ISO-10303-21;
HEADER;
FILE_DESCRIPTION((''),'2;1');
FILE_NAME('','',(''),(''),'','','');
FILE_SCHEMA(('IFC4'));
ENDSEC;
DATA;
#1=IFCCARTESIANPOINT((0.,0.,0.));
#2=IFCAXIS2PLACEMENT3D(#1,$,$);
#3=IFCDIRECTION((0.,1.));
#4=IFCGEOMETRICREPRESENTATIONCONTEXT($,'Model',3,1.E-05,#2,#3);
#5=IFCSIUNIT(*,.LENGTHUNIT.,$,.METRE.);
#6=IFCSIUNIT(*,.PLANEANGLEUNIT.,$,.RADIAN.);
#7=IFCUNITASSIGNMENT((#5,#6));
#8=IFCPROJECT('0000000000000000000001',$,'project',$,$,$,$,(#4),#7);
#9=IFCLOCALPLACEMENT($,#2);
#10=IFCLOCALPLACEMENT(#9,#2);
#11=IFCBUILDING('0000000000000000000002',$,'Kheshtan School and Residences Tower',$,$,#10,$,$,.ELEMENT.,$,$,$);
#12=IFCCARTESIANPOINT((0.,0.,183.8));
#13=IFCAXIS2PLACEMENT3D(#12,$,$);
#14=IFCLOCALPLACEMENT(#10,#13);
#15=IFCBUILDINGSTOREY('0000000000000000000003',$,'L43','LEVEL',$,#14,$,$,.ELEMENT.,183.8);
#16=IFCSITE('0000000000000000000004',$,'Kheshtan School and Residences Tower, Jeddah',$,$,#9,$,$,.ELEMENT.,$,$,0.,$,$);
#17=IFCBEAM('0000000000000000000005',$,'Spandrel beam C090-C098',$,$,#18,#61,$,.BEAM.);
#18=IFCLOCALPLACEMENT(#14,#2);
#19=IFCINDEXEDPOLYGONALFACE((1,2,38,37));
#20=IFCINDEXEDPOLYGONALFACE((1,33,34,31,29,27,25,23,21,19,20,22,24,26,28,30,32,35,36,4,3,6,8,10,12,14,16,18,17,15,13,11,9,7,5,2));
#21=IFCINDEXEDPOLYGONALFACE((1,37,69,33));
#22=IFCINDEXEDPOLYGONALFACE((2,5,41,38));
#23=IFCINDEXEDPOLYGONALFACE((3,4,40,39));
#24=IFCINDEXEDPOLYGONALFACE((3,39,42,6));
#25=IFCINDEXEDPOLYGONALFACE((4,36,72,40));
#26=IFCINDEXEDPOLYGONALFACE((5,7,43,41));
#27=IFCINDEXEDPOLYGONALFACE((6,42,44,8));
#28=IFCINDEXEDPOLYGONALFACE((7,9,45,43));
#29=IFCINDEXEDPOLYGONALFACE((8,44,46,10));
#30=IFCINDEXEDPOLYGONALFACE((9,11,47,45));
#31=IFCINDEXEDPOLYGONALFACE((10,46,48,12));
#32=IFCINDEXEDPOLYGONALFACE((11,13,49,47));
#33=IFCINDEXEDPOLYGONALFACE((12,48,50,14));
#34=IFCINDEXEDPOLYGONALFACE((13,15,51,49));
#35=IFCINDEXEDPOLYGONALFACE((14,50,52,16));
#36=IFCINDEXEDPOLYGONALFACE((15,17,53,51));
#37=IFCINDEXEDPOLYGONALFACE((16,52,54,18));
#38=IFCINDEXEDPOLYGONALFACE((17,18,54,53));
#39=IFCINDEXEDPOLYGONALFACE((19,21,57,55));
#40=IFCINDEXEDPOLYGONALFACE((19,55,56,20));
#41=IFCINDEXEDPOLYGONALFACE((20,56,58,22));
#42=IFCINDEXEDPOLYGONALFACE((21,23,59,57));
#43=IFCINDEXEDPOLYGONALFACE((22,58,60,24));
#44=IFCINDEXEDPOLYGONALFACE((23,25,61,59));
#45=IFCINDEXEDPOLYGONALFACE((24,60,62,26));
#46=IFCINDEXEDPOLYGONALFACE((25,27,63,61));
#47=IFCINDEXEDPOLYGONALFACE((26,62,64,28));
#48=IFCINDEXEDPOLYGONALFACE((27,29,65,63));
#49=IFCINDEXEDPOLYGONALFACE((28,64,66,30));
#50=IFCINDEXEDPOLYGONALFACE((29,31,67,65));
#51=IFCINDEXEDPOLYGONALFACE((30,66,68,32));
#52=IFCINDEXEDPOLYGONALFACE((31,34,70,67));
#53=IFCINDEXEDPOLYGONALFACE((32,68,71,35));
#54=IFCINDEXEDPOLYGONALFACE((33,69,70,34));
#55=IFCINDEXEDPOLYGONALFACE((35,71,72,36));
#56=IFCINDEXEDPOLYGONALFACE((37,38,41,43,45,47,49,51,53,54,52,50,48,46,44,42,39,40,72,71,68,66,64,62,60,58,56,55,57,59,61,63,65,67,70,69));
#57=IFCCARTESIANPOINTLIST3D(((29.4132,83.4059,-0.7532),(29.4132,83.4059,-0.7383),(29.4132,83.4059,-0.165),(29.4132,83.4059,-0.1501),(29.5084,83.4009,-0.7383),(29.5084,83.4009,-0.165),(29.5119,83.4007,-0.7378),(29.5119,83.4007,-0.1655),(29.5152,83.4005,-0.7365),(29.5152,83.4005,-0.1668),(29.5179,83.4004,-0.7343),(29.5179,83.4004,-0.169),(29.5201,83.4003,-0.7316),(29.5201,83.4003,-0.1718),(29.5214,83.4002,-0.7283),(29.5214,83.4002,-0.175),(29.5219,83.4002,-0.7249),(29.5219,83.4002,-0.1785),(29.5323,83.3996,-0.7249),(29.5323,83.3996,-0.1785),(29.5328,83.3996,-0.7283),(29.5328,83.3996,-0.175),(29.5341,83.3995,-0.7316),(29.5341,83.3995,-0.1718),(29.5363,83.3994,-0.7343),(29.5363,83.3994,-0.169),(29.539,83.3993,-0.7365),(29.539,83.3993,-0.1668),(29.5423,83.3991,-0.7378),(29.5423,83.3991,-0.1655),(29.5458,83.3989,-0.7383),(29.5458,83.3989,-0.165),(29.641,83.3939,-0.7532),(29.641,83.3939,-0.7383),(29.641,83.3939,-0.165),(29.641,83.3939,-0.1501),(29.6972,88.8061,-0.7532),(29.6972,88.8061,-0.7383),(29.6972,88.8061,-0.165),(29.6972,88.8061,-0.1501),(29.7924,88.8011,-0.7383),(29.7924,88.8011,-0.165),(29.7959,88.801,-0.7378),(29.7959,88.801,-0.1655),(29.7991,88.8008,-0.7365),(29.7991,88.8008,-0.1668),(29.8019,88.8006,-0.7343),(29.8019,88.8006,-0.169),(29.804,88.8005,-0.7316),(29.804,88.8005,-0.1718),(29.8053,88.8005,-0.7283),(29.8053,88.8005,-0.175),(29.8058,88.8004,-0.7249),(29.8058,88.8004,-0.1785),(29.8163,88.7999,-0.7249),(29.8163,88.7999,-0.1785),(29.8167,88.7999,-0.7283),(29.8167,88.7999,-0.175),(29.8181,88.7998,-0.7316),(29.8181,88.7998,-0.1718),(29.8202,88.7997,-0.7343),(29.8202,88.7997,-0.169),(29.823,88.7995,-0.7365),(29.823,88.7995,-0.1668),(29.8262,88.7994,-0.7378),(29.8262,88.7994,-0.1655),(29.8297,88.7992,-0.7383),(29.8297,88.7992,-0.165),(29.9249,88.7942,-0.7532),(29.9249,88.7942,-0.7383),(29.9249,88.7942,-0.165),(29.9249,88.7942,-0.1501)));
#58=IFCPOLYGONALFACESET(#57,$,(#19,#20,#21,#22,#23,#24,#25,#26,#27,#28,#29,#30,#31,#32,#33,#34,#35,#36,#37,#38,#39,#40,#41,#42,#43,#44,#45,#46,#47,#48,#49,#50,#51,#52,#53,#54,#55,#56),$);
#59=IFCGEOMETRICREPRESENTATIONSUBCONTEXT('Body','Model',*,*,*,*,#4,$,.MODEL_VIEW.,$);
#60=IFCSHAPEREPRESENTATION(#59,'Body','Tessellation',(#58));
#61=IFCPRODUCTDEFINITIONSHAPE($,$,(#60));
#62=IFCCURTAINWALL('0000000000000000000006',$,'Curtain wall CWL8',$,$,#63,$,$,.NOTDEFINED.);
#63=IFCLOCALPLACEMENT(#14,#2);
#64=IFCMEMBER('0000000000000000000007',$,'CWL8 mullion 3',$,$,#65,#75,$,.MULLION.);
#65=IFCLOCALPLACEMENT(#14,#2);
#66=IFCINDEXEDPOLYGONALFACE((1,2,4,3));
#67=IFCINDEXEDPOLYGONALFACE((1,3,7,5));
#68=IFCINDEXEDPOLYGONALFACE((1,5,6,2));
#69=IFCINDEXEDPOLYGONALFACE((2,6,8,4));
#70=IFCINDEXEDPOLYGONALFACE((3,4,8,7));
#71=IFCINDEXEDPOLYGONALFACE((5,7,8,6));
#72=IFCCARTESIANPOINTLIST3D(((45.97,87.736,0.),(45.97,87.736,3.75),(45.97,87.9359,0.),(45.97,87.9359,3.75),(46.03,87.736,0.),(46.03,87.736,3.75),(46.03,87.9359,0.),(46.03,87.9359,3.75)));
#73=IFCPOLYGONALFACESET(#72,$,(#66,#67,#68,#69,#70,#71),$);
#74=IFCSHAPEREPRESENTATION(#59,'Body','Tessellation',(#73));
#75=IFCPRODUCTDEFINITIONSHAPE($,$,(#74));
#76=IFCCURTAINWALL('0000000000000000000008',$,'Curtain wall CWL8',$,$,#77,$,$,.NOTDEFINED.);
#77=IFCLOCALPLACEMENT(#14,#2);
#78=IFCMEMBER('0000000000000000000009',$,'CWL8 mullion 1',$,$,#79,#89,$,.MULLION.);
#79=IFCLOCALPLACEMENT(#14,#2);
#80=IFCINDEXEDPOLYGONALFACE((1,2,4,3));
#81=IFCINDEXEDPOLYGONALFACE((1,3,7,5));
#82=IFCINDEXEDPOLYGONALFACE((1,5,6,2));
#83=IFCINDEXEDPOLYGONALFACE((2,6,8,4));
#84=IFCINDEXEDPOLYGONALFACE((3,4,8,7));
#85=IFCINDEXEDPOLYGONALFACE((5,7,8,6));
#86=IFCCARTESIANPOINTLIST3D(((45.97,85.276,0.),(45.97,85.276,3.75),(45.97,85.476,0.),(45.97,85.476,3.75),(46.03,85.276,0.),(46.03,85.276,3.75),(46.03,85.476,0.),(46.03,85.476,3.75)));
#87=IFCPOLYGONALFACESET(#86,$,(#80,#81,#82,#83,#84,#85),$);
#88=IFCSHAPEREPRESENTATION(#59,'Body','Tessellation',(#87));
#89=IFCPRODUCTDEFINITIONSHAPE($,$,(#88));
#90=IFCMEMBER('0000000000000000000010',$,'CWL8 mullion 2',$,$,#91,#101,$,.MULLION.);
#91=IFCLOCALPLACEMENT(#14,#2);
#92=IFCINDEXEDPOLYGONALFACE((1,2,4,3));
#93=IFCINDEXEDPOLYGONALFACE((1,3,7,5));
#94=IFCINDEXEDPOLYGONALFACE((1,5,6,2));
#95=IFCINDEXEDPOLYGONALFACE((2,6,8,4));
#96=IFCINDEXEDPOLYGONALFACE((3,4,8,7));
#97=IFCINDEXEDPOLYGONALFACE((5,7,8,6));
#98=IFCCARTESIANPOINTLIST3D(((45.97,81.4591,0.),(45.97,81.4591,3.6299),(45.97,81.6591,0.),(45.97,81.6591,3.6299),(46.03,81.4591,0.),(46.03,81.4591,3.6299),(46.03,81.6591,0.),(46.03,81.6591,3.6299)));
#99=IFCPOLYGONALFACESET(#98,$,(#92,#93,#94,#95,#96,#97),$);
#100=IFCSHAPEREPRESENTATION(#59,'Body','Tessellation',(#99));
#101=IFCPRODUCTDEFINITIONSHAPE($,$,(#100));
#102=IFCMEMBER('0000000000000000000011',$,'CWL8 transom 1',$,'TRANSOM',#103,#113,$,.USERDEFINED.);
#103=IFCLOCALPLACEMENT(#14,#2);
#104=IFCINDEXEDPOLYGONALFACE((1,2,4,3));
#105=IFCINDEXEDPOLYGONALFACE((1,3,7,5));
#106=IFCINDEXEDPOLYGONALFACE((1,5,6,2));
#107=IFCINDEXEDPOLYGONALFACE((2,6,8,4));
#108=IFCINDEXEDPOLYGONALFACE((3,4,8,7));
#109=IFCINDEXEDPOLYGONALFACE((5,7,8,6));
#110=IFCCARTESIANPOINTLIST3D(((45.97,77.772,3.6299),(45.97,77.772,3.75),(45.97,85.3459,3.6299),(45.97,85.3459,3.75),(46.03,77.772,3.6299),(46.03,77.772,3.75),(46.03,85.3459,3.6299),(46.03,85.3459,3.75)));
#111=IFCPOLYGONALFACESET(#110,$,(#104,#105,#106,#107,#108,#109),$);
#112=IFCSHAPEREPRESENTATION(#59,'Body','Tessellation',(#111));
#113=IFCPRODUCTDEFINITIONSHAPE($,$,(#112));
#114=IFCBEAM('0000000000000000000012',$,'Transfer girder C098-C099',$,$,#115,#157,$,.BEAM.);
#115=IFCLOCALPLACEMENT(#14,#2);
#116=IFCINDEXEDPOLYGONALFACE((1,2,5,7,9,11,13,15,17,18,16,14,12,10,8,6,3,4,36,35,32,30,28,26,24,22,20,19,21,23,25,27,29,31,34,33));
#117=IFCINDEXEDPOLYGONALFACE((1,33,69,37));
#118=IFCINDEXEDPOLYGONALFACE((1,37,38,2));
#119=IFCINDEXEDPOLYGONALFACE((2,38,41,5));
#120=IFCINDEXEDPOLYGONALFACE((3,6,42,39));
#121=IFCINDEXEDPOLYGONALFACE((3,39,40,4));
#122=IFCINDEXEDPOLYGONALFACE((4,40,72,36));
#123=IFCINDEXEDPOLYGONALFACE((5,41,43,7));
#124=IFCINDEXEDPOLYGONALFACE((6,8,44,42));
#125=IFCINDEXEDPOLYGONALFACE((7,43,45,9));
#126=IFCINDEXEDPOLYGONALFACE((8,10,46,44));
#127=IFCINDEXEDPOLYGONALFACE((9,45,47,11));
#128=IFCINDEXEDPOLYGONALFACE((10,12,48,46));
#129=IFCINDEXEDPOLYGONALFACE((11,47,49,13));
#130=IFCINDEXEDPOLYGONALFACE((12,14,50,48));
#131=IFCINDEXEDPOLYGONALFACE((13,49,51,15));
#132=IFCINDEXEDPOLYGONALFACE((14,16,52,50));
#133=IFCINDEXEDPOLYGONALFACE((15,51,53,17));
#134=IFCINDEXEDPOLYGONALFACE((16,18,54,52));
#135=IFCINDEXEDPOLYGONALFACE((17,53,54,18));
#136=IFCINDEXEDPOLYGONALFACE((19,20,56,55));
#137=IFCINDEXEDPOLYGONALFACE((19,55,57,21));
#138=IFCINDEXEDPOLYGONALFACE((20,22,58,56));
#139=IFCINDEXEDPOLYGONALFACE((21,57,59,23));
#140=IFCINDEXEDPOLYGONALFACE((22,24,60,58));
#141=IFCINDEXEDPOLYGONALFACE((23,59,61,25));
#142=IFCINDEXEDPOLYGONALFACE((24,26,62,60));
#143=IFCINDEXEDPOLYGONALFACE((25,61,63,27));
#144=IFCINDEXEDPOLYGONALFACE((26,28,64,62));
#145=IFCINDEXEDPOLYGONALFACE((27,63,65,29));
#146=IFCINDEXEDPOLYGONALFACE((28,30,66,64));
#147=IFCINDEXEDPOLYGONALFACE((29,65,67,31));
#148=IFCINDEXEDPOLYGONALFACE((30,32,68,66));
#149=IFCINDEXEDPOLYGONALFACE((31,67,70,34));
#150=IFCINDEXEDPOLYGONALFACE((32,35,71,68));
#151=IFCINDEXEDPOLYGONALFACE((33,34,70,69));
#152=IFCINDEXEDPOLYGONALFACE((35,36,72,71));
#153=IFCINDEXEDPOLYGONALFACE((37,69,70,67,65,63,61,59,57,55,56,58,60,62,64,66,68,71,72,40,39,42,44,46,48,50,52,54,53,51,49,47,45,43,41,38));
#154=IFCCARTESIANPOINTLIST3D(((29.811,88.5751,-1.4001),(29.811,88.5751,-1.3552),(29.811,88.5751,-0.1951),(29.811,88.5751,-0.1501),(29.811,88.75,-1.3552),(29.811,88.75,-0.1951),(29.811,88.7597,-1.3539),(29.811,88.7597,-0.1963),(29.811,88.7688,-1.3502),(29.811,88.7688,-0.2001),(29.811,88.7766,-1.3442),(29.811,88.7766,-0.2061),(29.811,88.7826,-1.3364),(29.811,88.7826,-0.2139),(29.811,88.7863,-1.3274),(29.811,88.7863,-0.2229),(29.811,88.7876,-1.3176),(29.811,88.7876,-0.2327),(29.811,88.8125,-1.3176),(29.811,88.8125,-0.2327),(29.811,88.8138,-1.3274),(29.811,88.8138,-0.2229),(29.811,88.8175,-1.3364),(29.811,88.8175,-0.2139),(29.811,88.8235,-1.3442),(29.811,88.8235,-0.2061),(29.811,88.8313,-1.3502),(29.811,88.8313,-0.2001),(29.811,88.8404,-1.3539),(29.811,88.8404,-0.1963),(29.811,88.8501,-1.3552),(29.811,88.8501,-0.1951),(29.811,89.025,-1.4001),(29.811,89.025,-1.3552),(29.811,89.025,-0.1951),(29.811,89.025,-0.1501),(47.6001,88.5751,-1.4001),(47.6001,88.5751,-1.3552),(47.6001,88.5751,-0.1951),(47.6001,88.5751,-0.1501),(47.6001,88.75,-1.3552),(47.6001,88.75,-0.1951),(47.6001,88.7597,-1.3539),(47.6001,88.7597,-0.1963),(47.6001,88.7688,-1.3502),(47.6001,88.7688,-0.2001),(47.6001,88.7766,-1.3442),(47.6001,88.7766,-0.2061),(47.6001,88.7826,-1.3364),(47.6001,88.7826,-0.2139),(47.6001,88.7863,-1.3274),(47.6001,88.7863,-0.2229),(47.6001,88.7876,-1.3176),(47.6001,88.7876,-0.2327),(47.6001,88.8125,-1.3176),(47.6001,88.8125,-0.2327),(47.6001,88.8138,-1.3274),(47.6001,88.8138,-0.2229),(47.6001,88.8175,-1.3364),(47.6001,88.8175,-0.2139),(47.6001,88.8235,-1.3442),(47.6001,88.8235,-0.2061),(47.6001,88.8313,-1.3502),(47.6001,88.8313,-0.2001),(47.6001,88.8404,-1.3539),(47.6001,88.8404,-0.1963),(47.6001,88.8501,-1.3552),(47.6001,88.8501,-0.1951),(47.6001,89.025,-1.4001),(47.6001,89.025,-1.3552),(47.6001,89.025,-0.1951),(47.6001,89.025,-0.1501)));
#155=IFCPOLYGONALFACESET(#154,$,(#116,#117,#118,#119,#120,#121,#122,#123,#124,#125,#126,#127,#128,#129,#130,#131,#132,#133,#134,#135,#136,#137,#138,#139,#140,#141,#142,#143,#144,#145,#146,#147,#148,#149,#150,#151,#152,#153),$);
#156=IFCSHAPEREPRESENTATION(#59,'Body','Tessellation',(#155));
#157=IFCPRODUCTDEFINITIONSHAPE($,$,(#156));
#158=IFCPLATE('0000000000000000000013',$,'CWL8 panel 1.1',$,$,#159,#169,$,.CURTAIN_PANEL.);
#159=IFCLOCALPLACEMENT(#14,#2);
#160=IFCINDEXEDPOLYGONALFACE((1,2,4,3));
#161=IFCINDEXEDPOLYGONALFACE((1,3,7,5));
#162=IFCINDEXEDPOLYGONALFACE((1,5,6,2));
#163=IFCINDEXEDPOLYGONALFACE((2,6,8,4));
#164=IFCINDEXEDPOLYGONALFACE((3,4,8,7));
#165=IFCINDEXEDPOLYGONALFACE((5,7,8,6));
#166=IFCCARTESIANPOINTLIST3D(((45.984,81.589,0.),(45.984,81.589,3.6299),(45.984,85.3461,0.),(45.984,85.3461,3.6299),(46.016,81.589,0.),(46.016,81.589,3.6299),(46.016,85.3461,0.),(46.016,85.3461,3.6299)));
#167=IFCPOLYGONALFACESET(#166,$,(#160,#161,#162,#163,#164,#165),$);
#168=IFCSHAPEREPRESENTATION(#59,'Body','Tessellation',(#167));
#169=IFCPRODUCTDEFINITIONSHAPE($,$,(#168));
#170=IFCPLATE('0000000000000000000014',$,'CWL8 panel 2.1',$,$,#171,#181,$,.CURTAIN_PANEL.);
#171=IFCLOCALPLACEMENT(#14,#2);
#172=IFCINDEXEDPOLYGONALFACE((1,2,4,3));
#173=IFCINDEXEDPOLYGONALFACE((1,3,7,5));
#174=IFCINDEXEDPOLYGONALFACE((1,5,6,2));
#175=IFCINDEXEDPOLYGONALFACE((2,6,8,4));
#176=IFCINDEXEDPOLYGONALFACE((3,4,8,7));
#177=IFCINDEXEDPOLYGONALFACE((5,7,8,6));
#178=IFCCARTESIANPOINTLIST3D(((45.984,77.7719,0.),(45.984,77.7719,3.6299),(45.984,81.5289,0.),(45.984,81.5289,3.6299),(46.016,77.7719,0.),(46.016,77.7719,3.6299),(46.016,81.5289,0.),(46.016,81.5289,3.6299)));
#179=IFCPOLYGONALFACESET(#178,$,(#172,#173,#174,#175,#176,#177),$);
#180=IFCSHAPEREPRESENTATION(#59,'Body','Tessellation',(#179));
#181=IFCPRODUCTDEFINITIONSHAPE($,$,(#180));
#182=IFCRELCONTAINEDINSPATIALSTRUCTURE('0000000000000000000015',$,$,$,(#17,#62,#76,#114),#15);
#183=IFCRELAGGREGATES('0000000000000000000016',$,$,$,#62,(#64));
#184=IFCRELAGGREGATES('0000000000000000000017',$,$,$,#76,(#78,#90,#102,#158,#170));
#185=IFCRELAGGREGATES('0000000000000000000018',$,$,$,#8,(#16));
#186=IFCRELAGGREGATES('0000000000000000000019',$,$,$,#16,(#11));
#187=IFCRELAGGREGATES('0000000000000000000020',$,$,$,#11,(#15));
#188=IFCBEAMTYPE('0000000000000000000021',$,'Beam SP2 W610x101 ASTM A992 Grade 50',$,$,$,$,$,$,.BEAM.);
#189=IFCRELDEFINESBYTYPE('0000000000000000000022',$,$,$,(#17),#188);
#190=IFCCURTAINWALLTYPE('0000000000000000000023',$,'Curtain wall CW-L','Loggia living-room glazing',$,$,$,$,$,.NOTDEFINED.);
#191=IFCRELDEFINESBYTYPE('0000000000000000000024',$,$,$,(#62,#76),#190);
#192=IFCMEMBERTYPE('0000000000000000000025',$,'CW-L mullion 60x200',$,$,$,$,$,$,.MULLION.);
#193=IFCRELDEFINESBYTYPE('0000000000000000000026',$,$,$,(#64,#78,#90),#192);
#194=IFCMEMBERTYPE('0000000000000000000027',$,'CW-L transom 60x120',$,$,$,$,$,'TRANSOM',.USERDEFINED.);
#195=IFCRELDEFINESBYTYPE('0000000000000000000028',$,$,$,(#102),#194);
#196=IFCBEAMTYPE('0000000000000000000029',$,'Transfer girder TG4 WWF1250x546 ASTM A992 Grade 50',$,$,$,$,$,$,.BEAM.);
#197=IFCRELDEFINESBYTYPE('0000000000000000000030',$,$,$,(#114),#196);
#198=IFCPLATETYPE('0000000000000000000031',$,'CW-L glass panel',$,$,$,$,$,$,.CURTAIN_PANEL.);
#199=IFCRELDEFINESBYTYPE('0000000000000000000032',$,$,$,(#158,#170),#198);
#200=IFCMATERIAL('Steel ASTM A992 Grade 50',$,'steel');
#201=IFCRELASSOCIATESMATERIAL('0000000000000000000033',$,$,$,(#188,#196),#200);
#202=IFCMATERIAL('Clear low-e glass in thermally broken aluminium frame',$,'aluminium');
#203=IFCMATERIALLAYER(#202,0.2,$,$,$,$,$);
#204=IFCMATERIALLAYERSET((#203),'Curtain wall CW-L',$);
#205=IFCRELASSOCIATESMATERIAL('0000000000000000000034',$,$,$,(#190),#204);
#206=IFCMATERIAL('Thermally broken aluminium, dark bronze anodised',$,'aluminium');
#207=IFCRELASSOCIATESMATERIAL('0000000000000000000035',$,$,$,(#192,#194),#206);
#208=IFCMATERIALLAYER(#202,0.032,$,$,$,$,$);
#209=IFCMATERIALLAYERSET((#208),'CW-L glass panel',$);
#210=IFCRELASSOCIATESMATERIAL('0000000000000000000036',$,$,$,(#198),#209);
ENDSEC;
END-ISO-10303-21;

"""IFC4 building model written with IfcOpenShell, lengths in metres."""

from ifc_helpers import new_model, si_unit, direction, frame, origin, origin_2d, place, context, subcontext, project, spatial, rectangle, i_section, extrude, material, layer, layer_set, material_profile, profile_set, type_object, element, aggregate, save


model = new_model("IFC4")

# Units and contexts
model_context = context("Model", 3, precision=1e-05, world=origin(), true_north=direction((0.0, 1.0)))
body_context = subcontext(model_context, "Body", "Model", "MODEL_VIEW")
ifc_project = project(units=[si_unit("LENGTHUNIT", "METRE"), si_unit("PLANEANGLEUNIT", "RADIAN")], contexts=[model_context])

# Site, building, storey
site_placement = place(None, origin())
site = spatial("IfcSite", under=ifc_project, at=site_placement, Name="Kheshtan School and Residences Tower, Jeddah", CompositionType="ELEMENT", RefElevation=0.0)
building_placement = place(site_placement, origin())
building = spatial("IfcBuilding", under=site, at=building_placement, Name="Kheshtan School and Residences Tower", CompositionType="ELEMENT")
storey_placement = place(building_placement, frame((0.0, 0.0, 183.8)))
storey = spatial("IfcBuildingStorey", under=building, at=storey_placement, Name="L43", Description="LEVEL", CompositionType="ELEMENT", Elevation=183.8)

# Shared definitions
ifc_material_1 = material(Name="Steel ASTM A992 Grade 50", Category="steel")

# Beam
ifc_material_profile_1 = material_profile(ifc_material_1, i_section(OverallWidth=0.228, OverallDepth=0.603, WebThickness=0.0105, FlangeThickness=0.0149, FilletRadius=0.0134, at=origin_2d()), Name="W610x101")
ifc_profile_set_1 = profile_set([ifc_material_profile_1], Name="Steel ASTM A992 Grade 50")
beam_type_1 = type_object("IfcBeamType", Name="Beam SP2 W610x101 ASTM A992 Grade 50", PredefinedType="BEAM", material=ifc_profile_set_1)
beam_1_placement = place(storey_placement, frame((29.5271, 83.3999, -0.4517), z_axis=(0.052507, 0.998621, 0.0), x_axis=(-0.998621, 0.052507, 0.0)))
element("IfcBeam", 1, at=beam_1_placement, inside=storey, type_object=beam_type_1, Name="Spandrel beam C090-C098", PredefinedType="BEAM", context=body_context, shape_type="SweptSolid", body=[
    extrude(i_section(OverallWidth=0.228, OverallDepth=0.603, WebThickness=0.0105, FlangeThickness=0.0149, FilletRadius=0.0134, at=origin_2d()), origin(), (0.0, 0.0, 1.0), 5.4077),
])

# Curtain wall, member
ifc_material_2 = material(Name="Clear low-e glass in thermally broken aluminium frame", Category="aluminium")
ifc_layer_1 = layer(ifc_material_2, 0.2)
ifc_layer_set_1 = layer_set([ifc_layer_1], Name="Curtain wall CW-L")
curtain_wall_type = type_object("IfcCurtainWallType", Name="Curtain wall CW-L", Description="Loggia living-room glazing", PredefinedType="NOTDEFINED", material=ifc_layer_set_1)
curtain_wall_1_placement = place(storey_placement, origin())
curtain_wall_1 = element("IfcCurtainWall", 2, at=curtain_wall_1_placement, inside=storey, type_object=curtain_wall_type, Name="Curtain wall CWL8", PredefinedType="NOTDEFINED")
ifc_material_3 = material(Name="Thermally broken aluminium, dark bronze anodised", Category="aluminium")
ifc_material_profile_2 = material_profile(ifc_material_3, rectangle(XDim=0.0601, YDim=0.2, at=origin_2d()), Name="CW-L mullion 60x200")
ifc_profile_set_2 = profile_set([ifc_material_profile_2], Name="Thermally broken aluminium, dark bronze anodised")
member_type_1 = type_object("IfcMemberType", Name="CW-L mullion 60x200", PredefinedType="MULLION", material=ifc_profile_set_2)
member_1_placement = place(storey_placement, frame((46.0, 87.8359, 0.0), z_axis=(0.0, 0.0, 1.0), x_axis=(1.0, 0.0, 0.0)))
member_1 = element("IfcMember", 3, at=member_1_placement, type_object=member_type_1, Name="CWL8 mullion 3", PredefinedType="MULLION", context=body_context, shape_type="SweptSolid", body=[
    extrude(rectangle(XDim=0.0601, YDim=0.2, at=origin_2d()), origin(), (0.0, 0.0, 1.0), 3.75),
])
aggregate(curtain_wall_1, [member_1])

# Curtain wall, members
curtain_wall_2_placement = place(storey_placement, origin())
curtain_wall_2 = element("IfcCurtainWall", 4, at=curtain_wall_2_placement, inside=storey, type_object=curtain_wall_type, Name="Curtain wall CWL8", PredefinedType="NOTDEFINED")
member_2_placement = place(storey_placement, frame((46.0, 85.376, 0.0), z_axis=(0.0, 0.0, 1.0), x_axis=(1.0, 0.0, 0.0)))
member_2 = element("IfcMember", 5, at=member_2_placement, type_object=member_type_1, Name="CWL8 mullion 1", PredefinedType="MULLION", context=body_context, shape_type="SweptSolid", body=[
    extrude(rectangle(XDim=0.0601, YDim=0.2, at=origin_2d()), origin(), (0.0, 0.0, 1.0), 3.75),
])
member_3_placement = place(storey_placement, frame((46.0, 81.5591, 0.0), z_axis=(0.0, 0.0, 1.0), x_axis=(1.0, 0.0, 0.0)))
member_3 = element("IfcMember", 6, at=member_3_placement, type_object=member_type_1, Name="CWL8 mullion 2", PredefinedType="MULLION", context=body_context, shape_type="SweptSolid", body=[
    extrude(rectangle(XDim=0.0601, YDim=0.2, at=origin_2d()), origin(), (0.0, 0.0, 1.0), 3.6299),
])
ifc_material_profile_3 = material_profile(ifc_material_3, rectangle(XDim=0.0601, YDim=0.1201, at=origin_2d()), Name="CW-L transom 60x120")
ifc_profile_set_3 = profile_set([ifc_material_profile_3], Name="Thermally broken aluminium, dark bronze anodised")
member_type_2 = type_object("IfcMemberType", Name="CW-L transom 60x120", ElementType="TRANSOM", PredefinedType="USERDEFINED", material=ifc_profile_set_3)
member_4_placement = place(storey_placement, frame((46.0, 85.3459, 3.6899), z_axis=(0.0, -1.0, 0.0), x_axis=(1.0, 0.0, 0.0)))
member_4 = element("IfcMember", 7, at=member_4_placement, type_object=member_type_2, Name="CWL8 transom 1", ObjectType="TRANSOM", PredefinedType="USERDEFINED", context=body_context, shape_type="SweptSolid", body=[
    extrude(rectangle(XDim=0.0601, YDim=0.1201, at=origin_2d()), origin(), (0.0, 0.0, 1.0), 7.574),
])

# Beam
ifc_material_profile_4 = material_profile(ifc_material_1, i_section(OverallWidth=0.45, OverallDepth=1.25, WebThickness=0.0249, FlangeThickness=0.0449, FilletRadius=0.0376, at=origin_2d()), Name="WWF1250x546")
ifc_profile_set_4 = profile_set([ifc_material_profile_4], Name="Steel ASTM A992 Grade 50")
beam_type_2 = type_object("IfcBeamType", Name="Transfer girder TG4 WWF1250x546 ASTM A992 Grade 50", PredefinedType="BEAM", material=ifc_profile_set_4)
beam_2_placement = place(storey_placement, frame((29.811, 88.8, -0.7751), z_axis=(1.0, 0.0, 0.0), x_axis=(0.0, 1.0, 0.0)))
element("IfcBeam", 8, at=beam_2_placement, inside=storey, type_object=beam_type_2, Name="Transfer girder C098-C099", PredefinedType="BEAM", context=body_context, shape_type="SweptSolid", body=[
    extrude(i_section(OverallWidth=0.45, OverallDepth=1.25, WebThickness=0.0249, FlangeThickness=0.0449, FilletRadius=0.0376, at=origin_2d()), origin(), (0.0, 0.0, 1.0), 17.7891),
])

# Plates
ifc_layer_2 = layer(ifc_material_2, 0.032)
ifc_layer_set_2 = layer_set([ifc_layer_2], Name="CW-L glass panel")
plate_type = type_object("IfcPlateType", Name="CW-L glass panel", PredefinedType="CURTAIN_PANEL", material=ifc_layer_set_2)
plate_1_placement = place(storey_placement, frame((46.0, 83.4675, 0.0), z_axis=(0.0, 0.0, 1.0), x_axis=(0.0, -1.0, 0.0)))
plate_1 = element("IfcPlate", 9, at=plate_1_placement, type_object=plate_type, Name="CWL8 panel 1.1", PredefinedType="CURTAIN_PANEL", context=body_context, shape_type="SweptSolid", body=[
    extrude(rectangle(XDim=3.7571, YDim=0.032, at=origin_2d()), origin(), (0.0, 0.0, 1.0), 3.6299),
])
plate_2_placement = place(storey_placement, frame((46.0, 79.6504, 0.0), z_axis=(0.0, 0.0, 1.0), x_axis=(0.0, -1.0, 0.0)))
plate_2 = element("IfcPlate", 10, at=plate_2_placement, type_object=plate_type, Name="CWL8 panel 2.1", PredefinedType="CURTAIN_PANEL", context=body_context, shape_type="SweptSolid", body=[
    extrude(rectangle(XDim=3.7571, YDim=0.032, at=origin_2d()), origin(), (0.0, 0.0, 1.0), 3.6299),
])
aggregate(curtain_wall_2, [member_2, member_3, member_4, plate_1, plate_2])

save(model, "model.ifc")
